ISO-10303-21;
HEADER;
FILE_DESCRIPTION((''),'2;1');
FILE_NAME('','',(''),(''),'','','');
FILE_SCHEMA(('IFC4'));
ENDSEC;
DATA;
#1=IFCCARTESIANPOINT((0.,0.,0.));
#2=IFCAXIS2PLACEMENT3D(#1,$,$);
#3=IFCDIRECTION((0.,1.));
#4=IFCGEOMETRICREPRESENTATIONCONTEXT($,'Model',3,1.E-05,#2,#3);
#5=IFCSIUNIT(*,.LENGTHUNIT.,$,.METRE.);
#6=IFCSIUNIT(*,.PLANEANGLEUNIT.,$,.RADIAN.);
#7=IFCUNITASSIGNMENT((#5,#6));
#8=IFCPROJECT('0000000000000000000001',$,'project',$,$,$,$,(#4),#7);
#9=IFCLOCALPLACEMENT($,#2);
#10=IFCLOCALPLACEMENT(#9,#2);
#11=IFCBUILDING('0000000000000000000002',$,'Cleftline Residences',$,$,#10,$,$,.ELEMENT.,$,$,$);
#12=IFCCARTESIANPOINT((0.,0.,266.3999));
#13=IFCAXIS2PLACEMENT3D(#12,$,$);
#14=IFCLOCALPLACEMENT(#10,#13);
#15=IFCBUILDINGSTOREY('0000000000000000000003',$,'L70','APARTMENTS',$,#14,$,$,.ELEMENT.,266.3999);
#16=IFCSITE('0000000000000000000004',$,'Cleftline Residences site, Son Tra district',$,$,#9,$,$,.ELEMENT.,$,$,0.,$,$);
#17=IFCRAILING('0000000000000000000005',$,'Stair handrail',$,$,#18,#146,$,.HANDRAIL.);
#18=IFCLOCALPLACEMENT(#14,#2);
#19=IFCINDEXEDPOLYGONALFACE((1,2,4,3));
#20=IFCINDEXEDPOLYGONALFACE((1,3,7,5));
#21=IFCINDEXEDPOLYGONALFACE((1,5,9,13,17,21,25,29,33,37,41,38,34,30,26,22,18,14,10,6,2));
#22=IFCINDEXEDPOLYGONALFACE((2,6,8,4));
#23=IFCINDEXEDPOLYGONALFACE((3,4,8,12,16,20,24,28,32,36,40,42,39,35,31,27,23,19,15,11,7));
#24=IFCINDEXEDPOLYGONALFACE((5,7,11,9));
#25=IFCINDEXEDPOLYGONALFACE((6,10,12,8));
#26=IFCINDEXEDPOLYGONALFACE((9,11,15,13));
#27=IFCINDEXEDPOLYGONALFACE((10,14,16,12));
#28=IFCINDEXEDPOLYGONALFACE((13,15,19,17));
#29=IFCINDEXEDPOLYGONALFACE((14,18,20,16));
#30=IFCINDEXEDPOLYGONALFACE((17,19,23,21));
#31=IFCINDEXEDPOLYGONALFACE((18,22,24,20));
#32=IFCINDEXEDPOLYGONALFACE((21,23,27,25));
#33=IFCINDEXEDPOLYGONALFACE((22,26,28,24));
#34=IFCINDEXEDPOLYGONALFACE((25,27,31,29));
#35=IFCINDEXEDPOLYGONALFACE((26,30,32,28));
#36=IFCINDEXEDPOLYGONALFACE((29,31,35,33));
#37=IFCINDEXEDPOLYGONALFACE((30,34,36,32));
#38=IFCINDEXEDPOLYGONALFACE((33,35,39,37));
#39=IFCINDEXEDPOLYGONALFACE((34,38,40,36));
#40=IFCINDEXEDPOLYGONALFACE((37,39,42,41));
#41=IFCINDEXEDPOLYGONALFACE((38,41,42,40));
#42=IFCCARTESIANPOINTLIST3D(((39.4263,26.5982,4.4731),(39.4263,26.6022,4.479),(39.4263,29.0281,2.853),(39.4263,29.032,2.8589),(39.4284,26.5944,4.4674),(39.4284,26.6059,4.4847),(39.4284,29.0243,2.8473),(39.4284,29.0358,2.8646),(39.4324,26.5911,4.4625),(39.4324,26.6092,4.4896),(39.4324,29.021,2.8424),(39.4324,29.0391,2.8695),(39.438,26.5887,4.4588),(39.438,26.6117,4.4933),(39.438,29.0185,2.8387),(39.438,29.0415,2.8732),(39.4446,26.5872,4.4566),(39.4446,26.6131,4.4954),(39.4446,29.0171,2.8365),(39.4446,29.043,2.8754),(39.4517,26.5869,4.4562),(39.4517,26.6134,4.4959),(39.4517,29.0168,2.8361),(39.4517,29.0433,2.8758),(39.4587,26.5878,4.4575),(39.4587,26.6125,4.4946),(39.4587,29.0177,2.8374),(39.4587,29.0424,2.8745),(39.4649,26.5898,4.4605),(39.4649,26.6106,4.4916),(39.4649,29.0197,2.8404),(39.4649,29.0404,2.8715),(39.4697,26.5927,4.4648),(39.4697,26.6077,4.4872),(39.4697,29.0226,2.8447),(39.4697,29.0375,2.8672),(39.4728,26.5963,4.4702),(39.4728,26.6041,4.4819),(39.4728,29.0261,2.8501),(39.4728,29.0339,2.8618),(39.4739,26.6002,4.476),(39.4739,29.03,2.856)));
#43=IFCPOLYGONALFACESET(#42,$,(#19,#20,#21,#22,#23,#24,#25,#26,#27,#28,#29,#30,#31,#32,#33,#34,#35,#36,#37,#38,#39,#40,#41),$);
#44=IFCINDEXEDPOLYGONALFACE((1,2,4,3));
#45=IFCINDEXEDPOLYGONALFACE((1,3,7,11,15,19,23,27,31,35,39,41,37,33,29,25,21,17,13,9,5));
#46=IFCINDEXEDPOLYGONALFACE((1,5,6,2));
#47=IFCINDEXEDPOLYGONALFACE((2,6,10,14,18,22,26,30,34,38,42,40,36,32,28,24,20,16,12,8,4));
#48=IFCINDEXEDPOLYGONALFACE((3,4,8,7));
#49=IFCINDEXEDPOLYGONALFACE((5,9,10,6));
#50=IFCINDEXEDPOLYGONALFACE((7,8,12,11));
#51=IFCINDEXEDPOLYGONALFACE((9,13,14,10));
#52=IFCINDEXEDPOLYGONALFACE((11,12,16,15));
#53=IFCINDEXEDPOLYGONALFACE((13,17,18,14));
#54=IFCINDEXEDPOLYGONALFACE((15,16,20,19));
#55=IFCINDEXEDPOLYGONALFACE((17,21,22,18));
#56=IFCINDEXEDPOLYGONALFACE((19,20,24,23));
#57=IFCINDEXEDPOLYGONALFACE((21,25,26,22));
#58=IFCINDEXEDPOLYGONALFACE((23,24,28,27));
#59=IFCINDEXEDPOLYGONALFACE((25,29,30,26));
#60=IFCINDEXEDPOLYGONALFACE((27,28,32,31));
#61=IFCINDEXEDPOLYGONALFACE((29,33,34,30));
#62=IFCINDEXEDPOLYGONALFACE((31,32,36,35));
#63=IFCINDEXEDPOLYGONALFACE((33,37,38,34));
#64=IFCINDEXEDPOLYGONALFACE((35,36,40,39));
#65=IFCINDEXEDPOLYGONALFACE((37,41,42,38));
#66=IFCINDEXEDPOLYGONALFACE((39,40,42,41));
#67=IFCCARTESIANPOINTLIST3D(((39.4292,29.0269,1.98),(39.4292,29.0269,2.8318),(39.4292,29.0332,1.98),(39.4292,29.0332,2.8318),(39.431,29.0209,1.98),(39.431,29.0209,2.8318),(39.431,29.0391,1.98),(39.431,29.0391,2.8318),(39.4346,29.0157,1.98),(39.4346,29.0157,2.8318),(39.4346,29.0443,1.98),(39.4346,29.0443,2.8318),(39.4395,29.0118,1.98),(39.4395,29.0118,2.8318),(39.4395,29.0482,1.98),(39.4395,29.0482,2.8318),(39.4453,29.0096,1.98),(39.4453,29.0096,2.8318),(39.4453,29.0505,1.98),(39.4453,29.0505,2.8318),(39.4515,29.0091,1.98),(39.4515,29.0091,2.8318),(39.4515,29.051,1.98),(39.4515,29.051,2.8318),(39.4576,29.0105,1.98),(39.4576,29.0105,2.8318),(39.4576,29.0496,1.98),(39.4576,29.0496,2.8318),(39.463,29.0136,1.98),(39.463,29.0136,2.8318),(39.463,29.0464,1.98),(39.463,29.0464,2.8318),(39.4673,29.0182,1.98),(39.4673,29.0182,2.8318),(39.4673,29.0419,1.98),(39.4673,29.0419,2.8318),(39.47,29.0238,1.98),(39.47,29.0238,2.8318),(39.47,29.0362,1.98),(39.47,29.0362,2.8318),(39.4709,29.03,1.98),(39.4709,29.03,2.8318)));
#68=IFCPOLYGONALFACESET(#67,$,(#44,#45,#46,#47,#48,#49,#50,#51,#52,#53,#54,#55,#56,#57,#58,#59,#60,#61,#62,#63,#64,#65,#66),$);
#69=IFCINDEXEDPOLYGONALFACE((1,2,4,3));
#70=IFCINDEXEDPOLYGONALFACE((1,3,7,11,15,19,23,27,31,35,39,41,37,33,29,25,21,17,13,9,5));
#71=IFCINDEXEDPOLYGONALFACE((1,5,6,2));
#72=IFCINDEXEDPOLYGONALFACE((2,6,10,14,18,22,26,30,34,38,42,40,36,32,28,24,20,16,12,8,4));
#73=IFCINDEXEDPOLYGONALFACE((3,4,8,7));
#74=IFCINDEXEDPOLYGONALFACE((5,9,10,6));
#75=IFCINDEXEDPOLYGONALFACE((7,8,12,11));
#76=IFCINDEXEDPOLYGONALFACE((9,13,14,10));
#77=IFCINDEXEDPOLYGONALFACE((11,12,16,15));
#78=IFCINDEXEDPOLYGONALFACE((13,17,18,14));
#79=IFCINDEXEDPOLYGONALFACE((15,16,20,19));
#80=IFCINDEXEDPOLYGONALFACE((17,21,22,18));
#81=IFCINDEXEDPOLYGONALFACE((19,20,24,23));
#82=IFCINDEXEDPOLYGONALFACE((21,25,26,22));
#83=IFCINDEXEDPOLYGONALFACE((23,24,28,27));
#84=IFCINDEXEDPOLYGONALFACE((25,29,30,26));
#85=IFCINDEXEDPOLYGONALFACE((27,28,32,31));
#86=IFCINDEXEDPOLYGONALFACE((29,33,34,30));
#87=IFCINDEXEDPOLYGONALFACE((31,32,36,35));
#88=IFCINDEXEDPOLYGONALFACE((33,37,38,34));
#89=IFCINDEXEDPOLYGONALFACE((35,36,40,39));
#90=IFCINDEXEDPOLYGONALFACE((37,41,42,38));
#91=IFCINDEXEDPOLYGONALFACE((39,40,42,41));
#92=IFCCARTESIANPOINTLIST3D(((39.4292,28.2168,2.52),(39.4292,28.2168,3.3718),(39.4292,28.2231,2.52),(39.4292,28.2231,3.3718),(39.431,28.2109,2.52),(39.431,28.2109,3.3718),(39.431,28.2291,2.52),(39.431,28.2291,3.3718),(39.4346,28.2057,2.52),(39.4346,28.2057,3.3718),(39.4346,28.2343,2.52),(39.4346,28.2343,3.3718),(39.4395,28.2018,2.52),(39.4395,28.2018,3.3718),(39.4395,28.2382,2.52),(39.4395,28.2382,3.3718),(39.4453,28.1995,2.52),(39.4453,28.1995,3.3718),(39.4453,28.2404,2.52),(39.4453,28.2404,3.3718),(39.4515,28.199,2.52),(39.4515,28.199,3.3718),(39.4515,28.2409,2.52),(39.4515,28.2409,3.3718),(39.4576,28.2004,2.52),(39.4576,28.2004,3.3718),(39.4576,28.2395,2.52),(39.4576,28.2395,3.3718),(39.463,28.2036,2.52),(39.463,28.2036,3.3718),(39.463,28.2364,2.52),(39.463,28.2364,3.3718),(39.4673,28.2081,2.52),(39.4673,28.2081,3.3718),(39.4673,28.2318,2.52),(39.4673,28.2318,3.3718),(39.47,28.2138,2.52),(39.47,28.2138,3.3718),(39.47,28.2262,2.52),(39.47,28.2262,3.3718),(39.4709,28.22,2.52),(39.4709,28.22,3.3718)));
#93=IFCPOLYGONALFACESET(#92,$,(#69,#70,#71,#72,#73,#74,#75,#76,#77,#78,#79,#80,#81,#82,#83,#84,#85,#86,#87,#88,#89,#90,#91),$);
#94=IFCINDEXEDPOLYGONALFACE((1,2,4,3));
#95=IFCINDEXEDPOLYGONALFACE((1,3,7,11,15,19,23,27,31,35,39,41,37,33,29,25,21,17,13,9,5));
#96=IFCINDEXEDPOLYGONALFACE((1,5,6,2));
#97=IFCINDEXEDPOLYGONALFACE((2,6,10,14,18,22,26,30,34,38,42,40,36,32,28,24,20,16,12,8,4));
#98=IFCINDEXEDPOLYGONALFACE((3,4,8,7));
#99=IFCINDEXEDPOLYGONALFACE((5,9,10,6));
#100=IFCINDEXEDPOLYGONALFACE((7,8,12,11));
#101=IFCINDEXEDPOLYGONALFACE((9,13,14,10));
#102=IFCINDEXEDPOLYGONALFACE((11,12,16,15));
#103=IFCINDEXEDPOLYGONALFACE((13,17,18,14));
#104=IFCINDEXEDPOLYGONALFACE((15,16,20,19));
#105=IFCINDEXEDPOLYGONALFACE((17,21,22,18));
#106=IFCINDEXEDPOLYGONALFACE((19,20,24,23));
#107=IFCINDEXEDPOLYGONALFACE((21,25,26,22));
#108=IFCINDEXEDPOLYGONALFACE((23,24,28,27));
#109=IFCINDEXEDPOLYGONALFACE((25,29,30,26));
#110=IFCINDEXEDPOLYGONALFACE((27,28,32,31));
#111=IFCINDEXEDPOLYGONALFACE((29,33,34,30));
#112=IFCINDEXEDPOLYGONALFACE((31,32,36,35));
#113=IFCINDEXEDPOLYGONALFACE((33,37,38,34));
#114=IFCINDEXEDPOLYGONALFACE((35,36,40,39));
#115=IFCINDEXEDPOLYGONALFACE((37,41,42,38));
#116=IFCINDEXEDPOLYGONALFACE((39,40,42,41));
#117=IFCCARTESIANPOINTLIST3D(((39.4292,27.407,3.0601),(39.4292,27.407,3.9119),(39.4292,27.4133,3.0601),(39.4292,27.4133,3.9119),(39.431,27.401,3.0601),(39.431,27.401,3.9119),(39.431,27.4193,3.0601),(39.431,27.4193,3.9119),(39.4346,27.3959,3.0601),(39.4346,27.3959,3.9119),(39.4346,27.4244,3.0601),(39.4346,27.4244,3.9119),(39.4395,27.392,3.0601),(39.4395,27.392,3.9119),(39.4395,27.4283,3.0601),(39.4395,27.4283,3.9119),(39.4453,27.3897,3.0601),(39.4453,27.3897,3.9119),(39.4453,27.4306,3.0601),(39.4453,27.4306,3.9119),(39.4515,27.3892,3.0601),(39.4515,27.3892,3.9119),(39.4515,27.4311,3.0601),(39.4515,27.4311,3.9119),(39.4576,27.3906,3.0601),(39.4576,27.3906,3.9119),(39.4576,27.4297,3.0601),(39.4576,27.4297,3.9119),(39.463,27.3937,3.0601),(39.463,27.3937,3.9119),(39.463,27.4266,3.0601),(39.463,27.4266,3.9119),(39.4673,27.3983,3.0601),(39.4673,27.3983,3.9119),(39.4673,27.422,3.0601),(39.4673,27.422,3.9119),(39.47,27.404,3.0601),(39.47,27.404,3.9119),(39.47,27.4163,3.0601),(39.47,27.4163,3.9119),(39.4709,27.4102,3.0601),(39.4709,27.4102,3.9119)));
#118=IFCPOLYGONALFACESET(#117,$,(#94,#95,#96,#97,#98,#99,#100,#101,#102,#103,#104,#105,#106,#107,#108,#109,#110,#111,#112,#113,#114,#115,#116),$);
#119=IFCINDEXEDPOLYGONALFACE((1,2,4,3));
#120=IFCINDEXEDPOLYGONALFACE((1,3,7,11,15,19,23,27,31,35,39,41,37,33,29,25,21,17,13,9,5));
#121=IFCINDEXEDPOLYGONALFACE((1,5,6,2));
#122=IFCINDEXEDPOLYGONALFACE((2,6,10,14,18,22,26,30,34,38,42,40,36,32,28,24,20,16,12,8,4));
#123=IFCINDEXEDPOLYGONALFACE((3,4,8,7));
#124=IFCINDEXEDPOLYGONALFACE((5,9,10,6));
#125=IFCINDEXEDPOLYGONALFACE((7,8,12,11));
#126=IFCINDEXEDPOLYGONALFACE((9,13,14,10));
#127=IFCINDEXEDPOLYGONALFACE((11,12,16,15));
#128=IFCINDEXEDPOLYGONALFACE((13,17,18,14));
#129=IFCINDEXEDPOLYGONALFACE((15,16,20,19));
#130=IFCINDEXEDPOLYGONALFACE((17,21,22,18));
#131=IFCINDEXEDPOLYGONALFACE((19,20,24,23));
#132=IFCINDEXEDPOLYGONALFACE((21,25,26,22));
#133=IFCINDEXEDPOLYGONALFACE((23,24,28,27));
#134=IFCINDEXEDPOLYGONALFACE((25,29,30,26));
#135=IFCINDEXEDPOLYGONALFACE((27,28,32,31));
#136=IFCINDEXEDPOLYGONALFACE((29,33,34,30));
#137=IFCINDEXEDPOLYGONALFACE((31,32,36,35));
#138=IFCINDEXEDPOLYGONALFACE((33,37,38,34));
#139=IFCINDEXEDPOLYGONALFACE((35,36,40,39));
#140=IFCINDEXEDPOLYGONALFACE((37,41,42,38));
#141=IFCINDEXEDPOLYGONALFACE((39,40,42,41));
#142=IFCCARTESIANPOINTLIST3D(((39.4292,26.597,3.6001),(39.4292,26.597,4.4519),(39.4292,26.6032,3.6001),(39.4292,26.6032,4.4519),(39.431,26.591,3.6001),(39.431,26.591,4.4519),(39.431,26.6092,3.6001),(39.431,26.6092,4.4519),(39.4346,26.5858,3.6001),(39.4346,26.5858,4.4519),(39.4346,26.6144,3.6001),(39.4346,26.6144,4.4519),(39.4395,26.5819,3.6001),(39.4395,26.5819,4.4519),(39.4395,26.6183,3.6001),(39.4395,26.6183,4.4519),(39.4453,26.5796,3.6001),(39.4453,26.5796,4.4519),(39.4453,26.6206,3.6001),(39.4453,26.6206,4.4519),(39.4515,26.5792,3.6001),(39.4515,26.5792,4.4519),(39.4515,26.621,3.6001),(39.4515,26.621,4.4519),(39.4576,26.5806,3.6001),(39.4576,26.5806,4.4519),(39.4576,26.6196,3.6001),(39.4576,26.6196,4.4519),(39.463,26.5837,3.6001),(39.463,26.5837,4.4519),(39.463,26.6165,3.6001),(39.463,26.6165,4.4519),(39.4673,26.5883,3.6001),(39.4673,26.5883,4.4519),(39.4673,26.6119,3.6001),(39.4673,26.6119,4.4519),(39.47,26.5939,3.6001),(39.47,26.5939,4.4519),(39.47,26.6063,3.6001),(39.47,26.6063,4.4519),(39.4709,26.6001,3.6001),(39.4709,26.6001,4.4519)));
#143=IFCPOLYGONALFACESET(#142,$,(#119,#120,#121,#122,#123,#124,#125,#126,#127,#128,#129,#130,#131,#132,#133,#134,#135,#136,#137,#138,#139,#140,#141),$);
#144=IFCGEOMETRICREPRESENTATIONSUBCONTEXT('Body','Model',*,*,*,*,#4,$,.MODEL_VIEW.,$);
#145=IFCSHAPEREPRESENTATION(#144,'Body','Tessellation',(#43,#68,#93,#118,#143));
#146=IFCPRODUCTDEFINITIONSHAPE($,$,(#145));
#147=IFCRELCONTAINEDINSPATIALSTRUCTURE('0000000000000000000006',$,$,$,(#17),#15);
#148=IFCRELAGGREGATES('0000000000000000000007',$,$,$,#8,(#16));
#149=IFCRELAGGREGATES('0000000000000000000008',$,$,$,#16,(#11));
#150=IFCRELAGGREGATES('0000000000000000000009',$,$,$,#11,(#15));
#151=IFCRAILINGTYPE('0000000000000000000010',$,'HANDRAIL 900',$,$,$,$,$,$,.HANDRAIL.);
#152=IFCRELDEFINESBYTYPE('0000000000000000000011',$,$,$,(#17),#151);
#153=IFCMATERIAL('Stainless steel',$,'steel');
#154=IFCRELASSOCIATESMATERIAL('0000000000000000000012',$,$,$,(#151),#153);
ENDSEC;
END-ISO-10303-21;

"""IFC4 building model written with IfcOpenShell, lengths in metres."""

from ifc_helpers import new_model, si_unit, direction, frame, origin, origin_2d, place, context, subcontext, project, spatial, circle, extrude, material, type_object, element, save


model = new_model("IFC4")

# Units and contexts
model_context = context("Model", 3, precision=1e-05, world=origin(), true_north=direction((0.0, 1.0)))
body_context = subcontext(model_context, "Body", "Model", "MODEL_VIEW")
ifc_project = project(units=[si_unit("LENGTHUNIT", "METRE"), si_unit("PLANEANGLEUNIT", "RADIAN")], contexts=[model_context])

# Site, building, storey
site_placement = place(None, origin())
site = spatial("IfcSite", under=ifc_project, at=site_placement, Name="Cleftline Residences site, Son Tra district", CompositionType="ELEMENT", RefElevation=0.0)
building_placement = place(site_placement, origin())
building = spatial("IfcBuilding", under=site, at=building_placement, Name="Cleftline Residences", CompositionType="ELEMENT")
storey_placement = place(building_placement, frame((0.0, 0.0, 266.3999)))
storey = spatial("IfcBuildingStorey", under=building, at=storey_placement, Name="L70", Description="APARTMENTS", CompositionType="ELEMENT", Elevation=266.3999)

# Railing
ifc_material_1 = material(Name="Stainless steel", Category="steel")
railing_type = type_object("IfcRailingType", Name="HANDRAIL 900", PredefinedType="HANDRAIL", material=ifc_material_1)
railing_1_placement = place(storey_placement, frame((39.45, 29.03, 1.98)))
element("IfcRailing", 1, at=railing_1_placement, inside=storey, type_object=railing_type, Name="Stair handrail", PredefinedType="HANDRAIL", context=body_context, shape_type="SweptSolid", body=[
    extrude(circle(Radius=0.0239, at=origin_2d()), frame((0.0, 0.0, 0.876), z_axis=(0.0, -0.832025, 0.554739), x_axis=(1.0, 0.0, 0.0)), (0.0, 0.0, 1.0), 2.9204),
    extrude(circle(Radius=0.021, at=origin_2d()), origin(), (0.0, 0.0, 1.0), 0.8518),
    extrude(circle(Radius=0.021, at=origin_2d()), frame((0.0, -0.8101, 0.54)), (0.0, 0.0, 1.0), 0.8518),
    extrude(circle(Radius=0.021, at=origin_2d()), frame((0.0, -1.6199, 1.0801)), (0.0, 0.0, 1.0), 0.8518),
    extrude(circle(Radius=0.021, at=origin_2d()), frame((0.0, -2.4299, 1.6201)), (0.0, 0.0, 1.0), 0.8518),
])

save(model, "model.ifc")
